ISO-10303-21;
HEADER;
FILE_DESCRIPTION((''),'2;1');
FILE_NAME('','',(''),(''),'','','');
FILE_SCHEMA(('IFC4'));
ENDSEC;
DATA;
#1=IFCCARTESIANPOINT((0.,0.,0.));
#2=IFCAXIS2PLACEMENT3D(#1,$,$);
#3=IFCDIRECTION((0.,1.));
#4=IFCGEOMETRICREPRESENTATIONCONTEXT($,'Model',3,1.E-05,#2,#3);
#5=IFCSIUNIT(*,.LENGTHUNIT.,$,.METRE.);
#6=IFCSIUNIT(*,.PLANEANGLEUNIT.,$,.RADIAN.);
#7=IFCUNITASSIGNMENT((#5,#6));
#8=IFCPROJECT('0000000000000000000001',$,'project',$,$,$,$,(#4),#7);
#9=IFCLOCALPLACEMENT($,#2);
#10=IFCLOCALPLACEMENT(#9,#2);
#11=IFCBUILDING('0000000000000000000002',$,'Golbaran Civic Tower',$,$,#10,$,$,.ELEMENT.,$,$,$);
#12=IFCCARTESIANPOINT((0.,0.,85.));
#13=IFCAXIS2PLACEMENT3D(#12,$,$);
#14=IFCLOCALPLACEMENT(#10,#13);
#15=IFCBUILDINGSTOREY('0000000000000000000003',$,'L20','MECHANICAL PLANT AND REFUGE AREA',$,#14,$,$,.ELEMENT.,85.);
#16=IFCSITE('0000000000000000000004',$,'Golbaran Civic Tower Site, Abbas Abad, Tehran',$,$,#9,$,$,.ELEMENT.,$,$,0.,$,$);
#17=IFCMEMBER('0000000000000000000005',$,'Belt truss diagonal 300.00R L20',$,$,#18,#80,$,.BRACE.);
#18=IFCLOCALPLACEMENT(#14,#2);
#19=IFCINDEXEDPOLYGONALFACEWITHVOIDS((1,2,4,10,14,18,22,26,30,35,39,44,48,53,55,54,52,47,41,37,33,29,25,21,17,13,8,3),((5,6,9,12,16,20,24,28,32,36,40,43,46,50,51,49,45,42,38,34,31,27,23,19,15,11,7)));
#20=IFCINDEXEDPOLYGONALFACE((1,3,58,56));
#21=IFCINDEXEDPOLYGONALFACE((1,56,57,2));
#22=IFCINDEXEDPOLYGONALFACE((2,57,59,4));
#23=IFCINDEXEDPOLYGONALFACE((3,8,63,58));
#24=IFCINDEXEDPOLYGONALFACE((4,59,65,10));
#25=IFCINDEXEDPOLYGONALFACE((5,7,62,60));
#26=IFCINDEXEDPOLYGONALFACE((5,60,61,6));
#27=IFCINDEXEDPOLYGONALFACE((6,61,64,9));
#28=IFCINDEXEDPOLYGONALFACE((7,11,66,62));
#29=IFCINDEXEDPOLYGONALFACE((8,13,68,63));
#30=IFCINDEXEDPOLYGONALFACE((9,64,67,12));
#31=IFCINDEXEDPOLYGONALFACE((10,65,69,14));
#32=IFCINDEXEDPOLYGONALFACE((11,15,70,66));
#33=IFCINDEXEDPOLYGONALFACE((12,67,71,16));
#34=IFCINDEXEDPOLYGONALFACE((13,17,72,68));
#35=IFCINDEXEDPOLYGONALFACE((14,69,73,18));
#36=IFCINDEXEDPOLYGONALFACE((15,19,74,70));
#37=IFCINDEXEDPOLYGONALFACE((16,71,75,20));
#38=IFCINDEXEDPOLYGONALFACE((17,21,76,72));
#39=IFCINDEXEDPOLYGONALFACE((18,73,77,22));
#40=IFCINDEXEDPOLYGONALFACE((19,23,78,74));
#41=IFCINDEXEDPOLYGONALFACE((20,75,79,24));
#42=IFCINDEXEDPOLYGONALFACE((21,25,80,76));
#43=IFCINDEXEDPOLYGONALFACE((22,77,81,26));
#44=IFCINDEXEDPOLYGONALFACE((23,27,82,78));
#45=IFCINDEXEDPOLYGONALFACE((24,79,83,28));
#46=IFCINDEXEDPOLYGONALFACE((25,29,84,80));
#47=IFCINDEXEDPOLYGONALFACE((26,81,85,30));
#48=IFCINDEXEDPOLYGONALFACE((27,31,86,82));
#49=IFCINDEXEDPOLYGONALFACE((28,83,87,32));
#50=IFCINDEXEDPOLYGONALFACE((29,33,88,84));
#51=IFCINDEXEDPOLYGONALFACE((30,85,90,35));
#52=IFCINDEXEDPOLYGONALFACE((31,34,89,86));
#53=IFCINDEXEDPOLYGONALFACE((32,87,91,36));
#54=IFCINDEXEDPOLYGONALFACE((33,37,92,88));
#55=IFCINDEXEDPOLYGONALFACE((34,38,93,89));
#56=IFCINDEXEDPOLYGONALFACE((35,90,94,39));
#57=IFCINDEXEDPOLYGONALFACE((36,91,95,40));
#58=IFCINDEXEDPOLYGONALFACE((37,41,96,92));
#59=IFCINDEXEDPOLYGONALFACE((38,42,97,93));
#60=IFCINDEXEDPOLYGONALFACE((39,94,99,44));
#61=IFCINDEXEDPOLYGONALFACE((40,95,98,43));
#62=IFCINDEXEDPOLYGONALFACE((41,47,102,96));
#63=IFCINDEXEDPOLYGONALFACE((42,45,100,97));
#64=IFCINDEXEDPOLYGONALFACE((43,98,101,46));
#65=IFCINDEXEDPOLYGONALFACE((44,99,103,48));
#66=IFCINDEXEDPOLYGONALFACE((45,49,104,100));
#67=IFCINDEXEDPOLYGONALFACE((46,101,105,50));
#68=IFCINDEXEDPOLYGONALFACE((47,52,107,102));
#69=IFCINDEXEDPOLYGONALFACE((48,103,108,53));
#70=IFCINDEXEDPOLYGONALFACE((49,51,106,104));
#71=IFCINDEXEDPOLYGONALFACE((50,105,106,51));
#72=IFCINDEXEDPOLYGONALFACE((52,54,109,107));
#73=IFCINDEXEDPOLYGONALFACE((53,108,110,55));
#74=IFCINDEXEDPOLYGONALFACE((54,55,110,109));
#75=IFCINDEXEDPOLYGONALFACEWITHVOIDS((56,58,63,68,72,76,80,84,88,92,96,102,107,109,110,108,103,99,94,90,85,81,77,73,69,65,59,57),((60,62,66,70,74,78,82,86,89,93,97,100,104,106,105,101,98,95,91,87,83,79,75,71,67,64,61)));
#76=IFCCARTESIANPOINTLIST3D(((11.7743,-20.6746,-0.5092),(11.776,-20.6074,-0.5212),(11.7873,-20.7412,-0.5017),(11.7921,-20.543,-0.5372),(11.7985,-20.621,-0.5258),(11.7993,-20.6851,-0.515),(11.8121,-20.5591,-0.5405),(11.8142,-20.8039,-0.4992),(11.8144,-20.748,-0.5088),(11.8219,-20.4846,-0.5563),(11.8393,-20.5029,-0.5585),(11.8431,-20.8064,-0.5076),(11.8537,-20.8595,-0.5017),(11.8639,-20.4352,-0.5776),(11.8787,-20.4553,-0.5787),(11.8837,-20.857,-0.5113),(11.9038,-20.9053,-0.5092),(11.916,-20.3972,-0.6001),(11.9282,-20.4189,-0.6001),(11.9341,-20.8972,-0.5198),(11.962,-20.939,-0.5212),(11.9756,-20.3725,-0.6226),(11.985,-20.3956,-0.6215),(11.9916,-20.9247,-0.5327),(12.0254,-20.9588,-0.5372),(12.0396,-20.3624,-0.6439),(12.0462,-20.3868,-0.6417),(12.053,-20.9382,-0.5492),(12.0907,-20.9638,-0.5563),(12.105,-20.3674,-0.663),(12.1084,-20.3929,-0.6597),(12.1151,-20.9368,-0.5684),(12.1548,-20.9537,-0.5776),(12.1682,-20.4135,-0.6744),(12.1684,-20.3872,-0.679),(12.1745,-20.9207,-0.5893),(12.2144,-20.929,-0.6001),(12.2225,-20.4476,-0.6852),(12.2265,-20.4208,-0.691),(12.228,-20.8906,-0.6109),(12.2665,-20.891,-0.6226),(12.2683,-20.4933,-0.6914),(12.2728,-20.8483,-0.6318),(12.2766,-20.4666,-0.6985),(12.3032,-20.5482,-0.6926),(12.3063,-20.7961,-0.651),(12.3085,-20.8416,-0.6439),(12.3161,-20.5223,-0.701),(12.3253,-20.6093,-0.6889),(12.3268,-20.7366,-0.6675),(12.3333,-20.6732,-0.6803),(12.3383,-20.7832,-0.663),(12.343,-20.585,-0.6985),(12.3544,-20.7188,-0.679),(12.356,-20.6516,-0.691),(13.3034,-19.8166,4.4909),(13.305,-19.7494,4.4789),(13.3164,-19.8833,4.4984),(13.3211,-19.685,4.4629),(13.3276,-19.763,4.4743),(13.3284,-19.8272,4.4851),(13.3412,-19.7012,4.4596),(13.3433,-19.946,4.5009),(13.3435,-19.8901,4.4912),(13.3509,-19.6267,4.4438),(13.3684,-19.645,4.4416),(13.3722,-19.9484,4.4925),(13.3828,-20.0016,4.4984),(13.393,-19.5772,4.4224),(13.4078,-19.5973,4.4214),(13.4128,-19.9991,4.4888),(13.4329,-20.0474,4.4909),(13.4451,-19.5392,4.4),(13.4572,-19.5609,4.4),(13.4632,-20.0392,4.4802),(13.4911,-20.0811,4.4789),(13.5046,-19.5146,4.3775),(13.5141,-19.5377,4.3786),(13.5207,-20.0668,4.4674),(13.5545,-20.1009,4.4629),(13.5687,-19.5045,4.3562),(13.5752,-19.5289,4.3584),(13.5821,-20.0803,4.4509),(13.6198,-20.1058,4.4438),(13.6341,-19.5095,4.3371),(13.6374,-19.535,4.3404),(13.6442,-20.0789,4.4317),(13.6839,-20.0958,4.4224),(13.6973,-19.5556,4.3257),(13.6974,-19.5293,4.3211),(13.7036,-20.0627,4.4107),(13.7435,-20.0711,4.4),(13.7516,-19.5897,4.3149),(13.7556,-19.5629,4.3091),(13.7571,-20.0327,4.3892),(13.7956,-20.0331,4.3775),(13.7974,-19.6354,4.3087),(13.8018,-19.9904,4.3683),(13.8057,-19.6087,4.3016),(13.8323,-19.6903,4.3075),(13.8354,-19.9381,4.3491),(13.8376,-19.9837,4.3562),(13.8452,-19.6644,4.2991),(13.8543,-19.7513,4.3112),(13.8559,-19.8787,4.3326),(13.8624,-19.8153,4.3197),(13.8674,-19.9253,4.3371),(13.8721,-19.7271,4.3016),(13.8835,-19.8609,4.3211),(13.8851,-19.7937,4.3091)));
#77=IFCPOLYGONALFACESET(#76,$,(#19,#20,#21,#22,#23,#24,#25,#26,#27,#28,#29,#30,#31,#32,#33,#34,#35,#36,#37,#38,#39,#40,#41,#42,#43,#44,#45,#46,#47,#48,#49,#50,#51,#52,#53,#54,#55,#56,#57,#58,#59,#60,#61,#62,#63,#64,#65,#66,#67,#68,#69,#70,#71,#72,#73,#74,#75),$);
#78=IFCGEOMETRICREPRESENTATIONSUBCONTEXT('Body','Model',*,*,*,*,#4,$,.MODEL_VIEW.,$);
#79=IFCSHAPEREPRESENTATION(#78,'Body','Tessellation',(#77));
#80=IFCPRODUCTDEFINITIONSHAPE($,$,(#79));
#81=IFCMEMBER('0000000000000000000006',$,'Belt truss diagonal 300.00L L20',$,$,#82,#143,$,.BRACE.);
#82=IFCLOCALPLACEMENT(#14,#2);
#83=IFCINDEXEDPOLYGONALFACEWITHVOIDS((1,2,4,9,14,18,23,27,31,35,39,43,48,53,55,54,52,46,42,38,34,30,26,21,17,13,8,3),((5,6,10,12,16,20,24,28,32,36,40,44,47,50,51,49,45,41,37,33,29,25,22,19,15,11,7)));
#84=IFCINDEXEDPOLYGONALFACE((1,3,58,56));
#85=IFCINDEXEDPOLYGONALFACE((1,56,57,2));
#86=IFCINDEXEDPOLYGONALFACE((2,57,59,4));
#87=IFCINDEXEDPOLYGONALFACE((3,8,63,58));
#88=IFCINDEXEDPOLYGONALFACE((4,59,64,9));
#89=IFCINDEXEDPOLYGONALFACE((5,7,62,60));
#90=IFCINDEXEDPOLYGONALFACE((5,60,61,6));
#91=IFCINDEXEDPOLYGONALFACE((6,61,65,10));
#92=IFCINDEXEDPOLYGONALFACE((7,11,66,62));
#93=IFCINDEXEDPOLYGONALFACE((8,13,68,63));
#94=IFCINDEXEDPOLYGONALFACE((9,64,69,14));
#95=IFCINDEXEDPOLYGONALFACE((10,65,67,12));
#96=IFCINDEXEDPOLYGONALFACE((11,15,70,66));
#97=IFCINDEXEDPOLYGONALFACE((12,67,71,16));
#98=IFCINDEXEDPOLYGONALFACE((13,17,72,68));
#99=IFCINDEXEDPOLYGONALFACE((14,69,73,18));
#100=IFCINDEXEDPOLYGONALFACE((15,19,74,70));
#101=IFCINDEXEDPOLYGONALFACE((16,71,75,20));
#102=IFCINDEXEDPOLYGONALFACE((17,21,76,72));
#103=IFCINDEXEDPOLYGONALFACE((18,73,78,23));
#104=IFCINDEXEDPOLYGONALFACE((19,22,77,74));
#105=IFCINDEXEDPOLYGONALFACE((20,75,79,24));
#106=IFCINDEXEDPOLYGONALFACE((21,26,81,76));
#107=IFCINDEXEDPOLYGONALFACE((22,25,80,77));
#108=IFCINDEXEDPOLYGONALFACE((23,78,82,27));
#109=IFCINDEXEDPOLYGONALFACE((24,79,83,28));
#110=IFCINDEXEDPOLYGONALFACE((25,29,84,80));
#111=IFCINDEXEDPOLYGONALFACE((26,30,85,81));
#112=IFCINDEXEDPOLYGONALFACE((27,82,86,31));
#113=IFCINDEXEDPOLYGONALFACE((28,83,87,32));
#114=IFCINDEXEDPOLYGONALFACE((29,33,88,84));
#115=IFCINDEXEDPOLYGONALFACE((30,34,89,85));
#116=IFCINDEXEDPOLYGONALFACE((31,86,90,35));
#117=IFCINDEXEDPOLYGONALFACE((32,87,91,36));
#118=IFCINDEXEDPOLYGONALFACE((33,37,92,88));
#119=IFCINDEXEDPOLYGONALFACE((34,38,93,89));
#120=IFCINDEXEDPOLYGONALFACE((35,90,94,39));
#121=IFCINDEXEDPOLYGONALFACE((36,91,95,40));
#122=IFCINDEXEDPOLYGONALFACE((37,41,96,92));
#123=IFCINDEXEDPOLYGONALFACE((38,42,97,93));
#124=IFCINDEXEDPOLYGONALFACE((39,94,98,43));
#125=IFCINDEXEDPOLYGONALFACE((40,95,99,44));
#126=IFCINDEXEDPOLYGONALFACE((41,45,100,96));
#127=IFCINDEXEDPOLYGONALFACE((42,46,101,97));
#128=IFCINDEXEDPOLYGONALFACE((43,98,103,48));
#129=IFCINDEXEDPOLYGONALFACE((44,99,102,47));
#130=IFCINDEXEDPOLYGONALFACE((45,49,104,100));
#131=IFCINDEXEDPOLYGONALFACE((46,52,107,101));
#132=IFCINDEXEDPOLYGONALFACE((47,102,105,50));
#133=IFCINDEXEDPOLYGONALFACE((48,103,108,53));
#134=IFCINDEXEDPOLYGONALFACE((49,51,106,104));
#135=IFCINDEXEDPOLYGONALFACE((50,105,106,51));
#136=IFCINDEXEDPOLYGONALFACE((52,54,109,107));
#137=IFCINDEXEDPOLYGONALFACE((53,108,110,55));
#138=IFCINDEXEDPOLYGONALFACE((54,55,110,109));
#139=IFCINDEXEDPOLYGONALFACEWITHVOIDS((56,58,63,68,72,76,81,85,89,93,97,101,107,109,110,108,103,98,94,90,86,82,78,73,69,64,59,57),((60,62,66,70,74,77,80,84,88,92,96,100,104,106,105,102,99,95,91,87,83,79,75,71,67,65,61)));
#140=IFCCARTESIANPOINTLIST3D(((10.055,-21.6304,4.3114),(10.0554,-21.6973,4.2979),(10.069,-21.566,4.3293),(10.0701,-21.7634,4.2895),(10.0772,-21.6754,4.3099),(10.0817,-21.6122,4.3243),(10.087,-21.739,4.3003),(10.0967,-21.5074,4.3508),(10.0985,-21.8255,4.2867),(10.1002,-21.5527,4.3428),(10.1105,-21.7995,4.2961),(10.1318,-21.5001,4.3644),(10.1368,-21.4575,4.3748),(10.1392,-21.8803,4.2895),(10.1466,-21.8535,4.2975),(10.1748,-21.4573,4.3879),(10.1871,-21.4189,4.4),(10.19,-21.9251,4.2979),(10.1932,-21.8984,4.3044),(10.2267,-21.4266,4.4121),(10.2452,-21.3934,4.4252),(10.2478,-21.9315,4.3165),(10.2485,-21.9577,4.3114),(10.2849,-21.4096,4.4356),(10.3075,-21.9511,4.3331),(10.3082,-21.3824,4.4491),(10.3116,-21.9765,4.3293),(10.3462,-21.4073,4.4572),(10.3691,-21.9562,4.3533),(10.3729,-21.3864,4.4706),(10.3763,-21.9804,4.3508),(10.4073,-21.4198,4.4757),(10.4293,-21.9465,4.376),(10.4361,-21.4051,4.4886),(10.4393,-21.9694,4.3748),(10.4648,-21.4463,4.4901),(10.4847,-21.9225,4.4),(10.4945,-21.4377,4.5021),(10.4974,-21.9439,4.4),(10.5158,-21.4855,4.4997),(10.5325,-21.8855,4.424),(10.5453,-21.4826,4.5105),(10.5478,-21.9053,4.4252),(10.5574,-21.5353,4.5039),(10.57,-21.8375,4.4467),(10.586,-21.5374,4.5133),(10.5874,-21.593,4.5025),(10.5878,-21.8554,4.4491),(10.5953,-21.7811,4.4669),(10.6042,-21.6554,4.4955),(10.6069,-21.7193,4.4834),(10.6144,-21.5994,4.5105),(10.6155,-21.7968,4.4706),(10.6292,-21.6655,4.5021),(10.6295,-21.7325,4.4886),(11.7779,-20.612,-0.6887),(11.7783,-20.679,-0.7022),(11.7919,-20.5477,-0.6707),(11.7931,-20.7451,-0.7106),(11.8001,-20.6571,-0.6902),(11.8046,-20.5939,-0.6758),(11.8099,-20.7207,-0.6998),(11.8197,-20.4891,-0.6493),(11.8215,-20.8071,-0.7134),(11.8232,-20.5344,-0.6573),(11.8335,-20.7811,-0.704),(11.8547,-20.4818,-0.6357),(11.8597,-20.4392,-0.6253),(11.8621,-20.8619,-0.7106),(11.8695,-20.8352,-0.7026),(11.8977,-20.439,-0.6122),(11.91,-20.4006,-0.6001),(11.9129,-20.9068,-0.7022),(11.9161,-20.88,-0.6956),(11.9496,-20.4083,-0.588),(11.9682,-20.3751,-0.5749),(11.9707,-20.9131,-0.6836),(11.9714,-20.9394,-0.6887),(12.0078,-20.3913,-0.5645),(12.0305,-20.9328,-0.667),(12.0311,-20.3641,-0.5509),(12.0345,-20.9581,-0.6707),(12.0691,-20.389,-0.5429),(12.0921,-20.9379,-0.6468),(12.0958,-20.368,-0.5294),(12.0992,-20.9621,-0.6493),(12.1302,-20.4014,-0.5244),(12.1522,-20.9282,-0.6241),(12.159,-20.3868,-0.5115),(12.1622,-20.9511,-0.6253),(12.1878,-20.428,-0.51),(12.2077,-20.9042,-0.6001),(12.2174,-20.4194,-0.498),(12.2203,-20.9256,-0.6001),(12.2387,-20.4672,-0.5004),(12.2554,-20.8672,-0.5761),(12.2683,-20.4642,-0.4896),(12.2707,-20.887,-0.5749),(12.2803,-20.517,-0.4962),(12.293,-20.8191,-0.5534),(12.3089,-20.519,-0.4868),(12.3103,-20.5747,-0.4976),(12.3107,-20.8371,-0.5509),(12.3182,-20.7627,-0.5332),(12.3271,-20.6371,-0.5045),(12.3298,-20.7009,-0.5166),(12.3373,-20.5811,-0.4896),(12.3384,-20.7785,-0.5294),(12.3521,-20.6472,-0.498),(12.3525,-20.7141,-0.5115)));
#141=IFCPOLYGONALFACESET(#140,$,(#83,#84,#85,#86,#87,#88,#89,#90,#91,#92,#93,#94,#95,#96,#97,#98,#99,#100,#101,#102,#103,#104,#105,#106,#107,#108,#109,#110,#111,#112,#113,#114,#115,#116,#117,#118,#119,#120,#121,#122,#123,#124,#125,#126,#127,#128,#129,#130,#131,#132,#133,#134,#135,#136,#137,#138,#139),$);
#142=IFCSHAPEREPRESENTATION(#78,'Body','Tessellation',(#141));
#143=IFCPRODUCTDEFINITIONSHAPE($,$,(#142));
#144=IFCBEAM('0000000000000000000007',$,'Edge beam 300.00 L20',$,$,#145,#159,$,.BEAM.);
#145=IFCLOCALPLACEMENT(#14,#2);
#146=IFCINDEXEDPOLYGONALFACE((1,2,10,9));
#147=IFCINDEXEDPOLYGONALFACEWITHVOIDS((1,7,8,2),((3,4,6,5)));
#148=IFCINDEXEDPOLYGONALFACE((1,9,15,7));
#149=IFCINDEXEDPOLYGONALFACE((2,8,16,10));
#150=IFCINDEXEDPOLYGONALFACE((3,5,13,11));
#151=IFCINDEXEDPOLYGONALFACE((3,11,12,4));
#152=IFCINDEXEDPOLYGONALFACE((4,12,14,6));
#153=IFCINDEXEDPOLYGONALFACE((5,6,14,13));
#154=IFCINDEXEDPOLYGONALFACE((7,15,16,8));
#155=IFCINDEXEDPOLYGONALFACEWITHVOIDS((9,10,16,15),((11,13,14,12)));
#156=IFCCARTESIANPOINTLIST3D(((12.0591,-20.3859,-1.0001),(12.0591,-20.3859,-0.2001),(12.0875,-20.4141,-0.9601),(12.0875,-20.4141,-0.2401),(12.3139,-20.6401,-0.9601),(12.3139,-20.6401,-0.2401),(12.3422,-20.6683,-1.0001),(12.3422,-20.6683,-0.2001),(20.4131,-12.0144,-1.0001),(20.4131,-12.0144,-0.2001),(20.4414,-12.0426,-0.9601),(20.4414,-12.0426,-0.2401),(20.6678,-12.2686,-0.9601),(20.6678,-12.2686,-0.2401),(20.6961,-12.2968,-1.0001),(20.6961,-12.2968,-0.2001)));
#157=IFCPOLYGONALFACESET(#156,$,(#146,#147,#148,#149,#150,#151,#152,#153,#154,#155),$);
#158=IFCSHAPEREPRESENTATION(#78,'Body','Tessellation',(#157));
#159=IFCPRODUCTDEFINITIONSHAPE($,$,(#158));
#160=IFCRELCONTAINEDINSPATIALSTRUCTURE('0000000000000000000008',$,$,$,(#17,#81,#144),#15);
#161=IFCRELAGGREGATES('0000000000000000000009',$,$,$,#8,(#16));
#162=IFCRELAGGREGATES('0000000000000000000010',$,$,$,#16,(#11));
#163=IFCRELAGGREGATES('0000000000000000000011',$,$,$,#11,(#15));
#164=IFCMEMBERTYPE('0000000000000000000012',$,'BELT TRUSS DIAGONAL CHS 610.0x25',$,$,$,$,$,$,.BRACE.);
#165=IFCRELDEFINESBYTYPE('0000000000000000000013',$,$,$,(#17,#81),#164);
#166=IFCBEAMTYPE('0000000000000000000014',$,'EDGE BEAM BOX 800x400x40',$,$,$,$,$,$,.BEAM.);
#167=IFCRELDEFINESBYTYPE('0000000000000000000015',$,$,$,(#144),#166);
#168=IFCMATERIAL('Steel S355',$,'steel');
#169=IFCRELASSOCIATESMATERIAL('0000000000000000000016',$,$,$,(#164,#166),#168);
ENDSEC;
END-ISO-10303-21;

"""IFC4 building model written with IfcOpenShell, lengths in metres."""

from ifc_helpers import new_model, si_unit, direction, frame, origin, origin_2d, place, context, subcontext, project, spatial, hollow_rectangle, hollow_circle, extrude, material, material_profile, profile_set, type_object, element, save


model = new_model("IFC4")

# Units and contexts
model_context = context("Model", 3, precision=1e-05, world=origin(), true_north=direction((0.0, 1.0)))
body_context = subcontext(model_context, "Body", "Model", "MODEL_VIEW")
ifc_project = project(units=[si_unit("LENGTHUNIT", "METRE"), si_unit("PLANEANGLEUNIT", "RADIAN")], contexts=[model_context])

# Site, building, storey
site_placement = place(None, origin())
site = spatial("IfcSite", under=ifc_project, at=site_placement, Name="Golbaran Civic Tower Site, Abbas Abad, Tehran", CompositionType="ELEMENT", RefElevation=0.0)
building_placement = place(site_placement, origin())
building = spatial("IfcBuilding", under=site, at=building_placement, Name="Golbaran Civic Tower", CompositionType="ELEMENT")
storey_placement = place(building_placement, frame((0.0, 0.0, 85.0)))
storey = spatial("IfcBuildingStorey", under=building, at=storey_placement, Name="L20", Description="MECHANICAL PLANT AND REFUGE AREA", CompositionType="ELEMENT", Elevation=85.0)

# Members
ifc_material_1 = material(Name="Steel S355", Category="steel")
ifc_material_profile_1 = material_profile(ifc_material_1, hollow_circle(Radius=0.3049, WallThickness=0.0249, at=origin_2d()), Name="CHS 610.0x25")
ifc_profile_set_1 = profile_set([ifc_material_profile_1], Name="Steel S355")
member_type_1 = type_object("IfcMemberType", Name="BELT TRUSS DIAGONAL CHS 610.0x25", PredefinedType="BRACE", material=ifc_profile_set_1)
member_1_placement = place(storey_placement, frame((12.0652, -20.6631, -0.6001), z_axis=(0.288583, 0.161916, 0.943665), x_axis=(-0.489316, 0.872107, 0.0)))
element("IfcMember", 1, at=member_1_placement, inside=storey, type_object=member_type_1, Name="Belt truss diagonal 300.00R L20", PredefinedType="BRACE", context=body_context, shape_type="SweptSolid", body=[
    extrude(hollow_circle(Radius=0.3049, WallThickness=0.0249, at=origin_2d()), origin(), (0.0, 0.0, 1.0), 5.2986),
])
member_2_placement = place(storey_placement, frame((12.0652, -20.6631, -0.6001), z_axis=(-0.319905, -0.189078, 0.928391), x_axis=(0.508816, -0.860876, 0.0)))
element("IfcMember", 2, at=member_2_placement, inside=storey, type_object=member_type_1, Name="Belt truss diagonal 300.00L L20", PredefinedType="BRACE", context=body_context, shape_type="SweptSolid", body=[
    extrude(hollow_circle(Radius=0.3049, WallThickness=0.0249, at=origin_2d()), origin(), (0.0, 0.0, 1.0), 5.3857),
])

# Beam
ifc_material_profile_2 = material_profile(ifc_material_1, hollow_rectangle(XDim=0.3999, YDim=0.8, WallThickness=0.04, at=origin_2d()), Name="BOX 800x400x40")
ifc_profile_set_2 = profile_set([ifc_material_profile_2], Name="Steel S355")
beam_type_1 = type_object("IfcBeamType", Name="EDGE BEAM BOX 800x400x40", PredefinedType="BEAM", material=ifc_profile_set_2)
beam_1_placement = place(storey_placement, frame((12.2007, -20.5271, -0.6001), z_axis=(0.706363, 0.70785, 0.0), x_axis=(-0.70785, 0.706363, 0.0)))
element("IfcBeam", 3, at=beam_1_placement, inside=storey, type_object=beam_type_1, Name="Edge beam 300.00 L20", PredefinedType="BEAM", context=body_context, shape_type="SweptSolid", body=[
    extrude(hollow_rectangle(XDim=0.3999, YDim=0.8, WallThickness=0.04, at=origin_2d()), origin(), (0.0, 0.0, 1.0), 11.8267),
])

save(model, "model.ifc")
